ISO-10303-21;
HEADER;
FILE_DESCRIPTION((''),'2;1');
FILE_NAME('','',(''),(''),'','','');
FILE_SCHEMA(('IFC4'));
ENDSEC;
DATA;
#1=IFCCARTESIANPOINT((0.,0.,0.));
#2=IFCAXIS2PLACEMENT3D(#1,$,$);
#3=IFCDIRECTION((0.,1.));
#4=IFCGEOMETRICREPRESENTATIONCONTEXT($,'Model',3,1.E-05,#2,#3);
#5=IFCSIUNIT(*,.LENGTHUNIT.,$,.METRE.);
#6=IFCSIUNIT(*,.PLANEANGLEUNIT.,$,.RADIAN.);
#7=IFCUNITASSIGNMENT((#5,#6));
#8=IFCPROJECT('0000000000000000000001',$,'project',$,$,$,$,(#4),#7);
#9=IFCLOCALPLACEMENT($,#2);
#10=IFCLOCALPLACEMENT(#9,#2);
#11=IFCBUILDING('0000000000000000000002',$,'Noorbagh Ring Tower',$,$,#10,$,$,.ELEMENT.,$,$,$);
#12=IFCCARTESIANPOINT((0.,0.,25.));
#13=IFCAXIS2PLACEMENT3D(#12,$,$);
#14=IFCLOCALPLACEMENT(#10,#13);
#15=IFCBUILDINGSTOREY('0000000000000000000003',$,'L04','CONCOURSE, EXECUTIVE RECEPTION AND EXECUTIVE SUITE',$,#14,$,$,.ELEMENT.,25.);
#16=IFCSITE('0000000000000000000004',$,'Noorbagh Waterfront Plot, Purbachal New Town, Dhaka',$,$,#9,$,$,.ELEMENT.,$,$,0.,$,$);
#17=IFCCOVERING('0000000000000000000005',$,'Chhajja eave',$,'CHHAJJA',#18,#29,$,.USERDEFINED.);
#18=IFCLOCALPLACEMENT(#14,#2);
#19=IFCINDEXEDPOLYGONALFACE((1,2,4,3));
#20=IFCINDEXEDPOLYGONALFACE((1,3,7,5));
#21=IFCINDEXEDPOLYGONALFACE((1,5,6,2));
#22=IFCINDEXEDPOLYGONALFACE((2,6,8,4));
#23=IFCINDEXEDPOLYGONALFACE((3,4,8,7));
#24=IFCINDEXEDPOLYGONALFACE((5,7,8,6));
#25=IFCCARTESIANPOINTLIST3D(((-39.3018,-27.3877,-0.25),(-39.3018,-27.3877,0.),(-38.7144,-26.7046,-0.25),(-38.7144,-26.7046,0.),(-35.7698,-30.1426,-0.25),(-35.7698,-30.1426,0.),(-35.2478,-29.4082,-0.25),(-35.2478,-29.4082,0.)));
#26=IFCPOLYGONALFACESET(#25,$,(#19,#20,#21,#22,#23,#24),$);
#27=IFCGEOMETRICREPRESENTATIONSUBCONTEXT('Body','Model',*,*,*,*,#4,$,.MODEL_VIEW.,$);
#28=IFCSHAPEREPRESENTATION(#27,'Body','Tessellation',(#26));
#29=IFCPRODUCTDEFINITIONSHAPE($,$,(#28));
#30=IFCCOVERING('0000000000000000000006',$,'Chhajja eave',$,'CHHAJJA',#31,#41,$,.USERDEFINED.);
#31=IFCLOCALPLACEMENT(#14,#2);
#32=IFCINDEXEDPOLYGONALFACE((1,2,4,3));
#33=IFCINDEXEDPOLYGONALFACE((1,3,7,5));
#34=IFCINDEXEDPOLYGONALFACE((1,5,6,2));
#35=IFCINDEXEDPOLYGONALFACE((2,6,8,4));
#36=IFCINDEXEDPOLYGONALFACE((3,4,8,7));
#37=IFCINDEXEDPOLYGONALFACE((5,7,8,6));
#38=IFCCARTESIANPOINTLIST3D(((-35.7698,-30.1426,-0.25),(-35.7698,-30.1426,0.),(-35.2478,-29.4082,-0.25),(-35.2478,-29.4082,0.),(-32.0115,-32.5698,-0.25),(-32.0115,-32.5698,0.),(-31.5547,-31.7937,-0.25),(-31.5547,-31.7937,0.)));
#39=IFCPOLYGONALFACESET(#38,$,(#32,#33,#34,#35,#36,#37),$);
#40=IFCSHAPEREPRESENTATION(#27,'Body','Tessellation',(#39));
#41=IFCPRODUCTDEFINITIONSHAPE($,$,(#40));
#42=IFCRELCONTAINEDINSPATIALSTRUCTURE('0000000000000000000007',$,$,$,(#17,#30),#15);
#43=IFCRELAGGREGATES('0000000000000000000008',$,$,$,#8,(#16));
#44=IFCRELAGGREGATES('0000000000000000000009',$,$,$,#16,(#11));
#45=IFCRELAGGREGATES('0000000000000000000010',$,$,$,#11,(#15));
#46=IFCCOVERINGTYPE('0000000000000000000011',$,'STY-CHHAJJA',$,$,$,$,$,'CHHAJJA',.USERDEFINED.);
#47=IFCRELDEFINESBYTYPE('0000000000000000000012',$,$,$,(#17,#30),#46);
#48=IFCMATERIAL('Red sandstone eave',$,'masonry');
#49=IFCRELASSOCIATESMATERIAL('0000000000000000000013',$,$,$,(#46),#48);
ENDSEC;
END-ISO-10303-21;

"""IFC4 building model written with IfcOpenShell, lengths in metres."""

from ifc_helpers import new_model, si_unit, direction, frame, origin, place, context, subcontext, project, spatial, polyline, outline, extrude, material, type_object, element, save


model = new_model("IFC4")

# Units and contexts
model_context = context("Model", 3, precision=1e-05, world=origin(), true_north=direction((0.0, 1.0)))
body_context = subcontext(model_context, "Body", "Model", "MODEL_VIEW")
ifc_project = project(units=[si_unit("LENGTHUNIT", "METRE"), si_unit("PLANEANGLEUNIT", "RADIAN")], contexts=[model_context])

# Site, building, storey
site_placement = place(None, origin())
site = spatial("IfcSite", under=ifc_project, at=site_placement, Name="Noorbagh Waterfront Plot, Purbachal New Town, Dhaka", CompositionType="ELEMENT", RefElevation=0.0)
building_placement = place(site_placement, origin())
building = spatial("IfcBuilding", under=site, at=building_placement, Name="Noorbagh Ring Tower", CompositionType="ELEMENT")
storey_placement = place(building_placement, frame((0.0, 0.0, 25.0)))
storey = spatial("IfcBuildingStorey", under=building, at=storey_placement, Name="L04", Description="CONCOURSE, EXECUTIVE RECEPTION AND EXECUTIVE SUITE", CompositionType="ELEMENT", Elevation=25.0)

# Coverings
ifc_material_1 = material(Name="Red sandstone eave", Category="masonry")
covering_type = type_object("IfcCoveringType", Name="STY-CHHAJJA", ElementType="CHHAJJA", PredefinedType="USERDEFINED", material=ifc_material_1)
covering_1_placement = place(storey_placement, frame((0.0, 0.0, -0.25)))
element("IfcCovering", 1, at=covering_1_placement, inside=storey, type_object=covering_type, Name="Chhajja eave", ObjectType="CHHAJJA", PredefinedType="USERDEFINED", context=body_context, shape_type="SweptSolid", body=[
    extrude(outline(polyline([(-38.7144, -26.7046), (-35.2478, -29.4082), (-35.7698, -30.1426), (-39.3018, -27.3877), (-38.7144, -26.7046)])), origin(), (0.0, 0.0, 1.0), 0.25),
])
covering_2_placement = place(storey_placement, frame((0.0, 0.0, -0.25)))
element("IfcCovering", 2, at=covering_2_placement, inside=storey, type_object=covering_type, Name="Chhajja eave", ObjectType="CHHAJJA", PredefinedType="USERDEFINED", context=body_context, shape_type="SweptSolid", body=[
    extrude(outline(polyline([(-35.2478, -29.4082), (-31.5547, -31.7937), (-32.0115, -32.5698), (-35.7698, -30.1426), (-35.2478, -29.4082)])), origin(), (0.0, 0.0, 1.0), 0.25),
])

save(model, "model.ifc")
